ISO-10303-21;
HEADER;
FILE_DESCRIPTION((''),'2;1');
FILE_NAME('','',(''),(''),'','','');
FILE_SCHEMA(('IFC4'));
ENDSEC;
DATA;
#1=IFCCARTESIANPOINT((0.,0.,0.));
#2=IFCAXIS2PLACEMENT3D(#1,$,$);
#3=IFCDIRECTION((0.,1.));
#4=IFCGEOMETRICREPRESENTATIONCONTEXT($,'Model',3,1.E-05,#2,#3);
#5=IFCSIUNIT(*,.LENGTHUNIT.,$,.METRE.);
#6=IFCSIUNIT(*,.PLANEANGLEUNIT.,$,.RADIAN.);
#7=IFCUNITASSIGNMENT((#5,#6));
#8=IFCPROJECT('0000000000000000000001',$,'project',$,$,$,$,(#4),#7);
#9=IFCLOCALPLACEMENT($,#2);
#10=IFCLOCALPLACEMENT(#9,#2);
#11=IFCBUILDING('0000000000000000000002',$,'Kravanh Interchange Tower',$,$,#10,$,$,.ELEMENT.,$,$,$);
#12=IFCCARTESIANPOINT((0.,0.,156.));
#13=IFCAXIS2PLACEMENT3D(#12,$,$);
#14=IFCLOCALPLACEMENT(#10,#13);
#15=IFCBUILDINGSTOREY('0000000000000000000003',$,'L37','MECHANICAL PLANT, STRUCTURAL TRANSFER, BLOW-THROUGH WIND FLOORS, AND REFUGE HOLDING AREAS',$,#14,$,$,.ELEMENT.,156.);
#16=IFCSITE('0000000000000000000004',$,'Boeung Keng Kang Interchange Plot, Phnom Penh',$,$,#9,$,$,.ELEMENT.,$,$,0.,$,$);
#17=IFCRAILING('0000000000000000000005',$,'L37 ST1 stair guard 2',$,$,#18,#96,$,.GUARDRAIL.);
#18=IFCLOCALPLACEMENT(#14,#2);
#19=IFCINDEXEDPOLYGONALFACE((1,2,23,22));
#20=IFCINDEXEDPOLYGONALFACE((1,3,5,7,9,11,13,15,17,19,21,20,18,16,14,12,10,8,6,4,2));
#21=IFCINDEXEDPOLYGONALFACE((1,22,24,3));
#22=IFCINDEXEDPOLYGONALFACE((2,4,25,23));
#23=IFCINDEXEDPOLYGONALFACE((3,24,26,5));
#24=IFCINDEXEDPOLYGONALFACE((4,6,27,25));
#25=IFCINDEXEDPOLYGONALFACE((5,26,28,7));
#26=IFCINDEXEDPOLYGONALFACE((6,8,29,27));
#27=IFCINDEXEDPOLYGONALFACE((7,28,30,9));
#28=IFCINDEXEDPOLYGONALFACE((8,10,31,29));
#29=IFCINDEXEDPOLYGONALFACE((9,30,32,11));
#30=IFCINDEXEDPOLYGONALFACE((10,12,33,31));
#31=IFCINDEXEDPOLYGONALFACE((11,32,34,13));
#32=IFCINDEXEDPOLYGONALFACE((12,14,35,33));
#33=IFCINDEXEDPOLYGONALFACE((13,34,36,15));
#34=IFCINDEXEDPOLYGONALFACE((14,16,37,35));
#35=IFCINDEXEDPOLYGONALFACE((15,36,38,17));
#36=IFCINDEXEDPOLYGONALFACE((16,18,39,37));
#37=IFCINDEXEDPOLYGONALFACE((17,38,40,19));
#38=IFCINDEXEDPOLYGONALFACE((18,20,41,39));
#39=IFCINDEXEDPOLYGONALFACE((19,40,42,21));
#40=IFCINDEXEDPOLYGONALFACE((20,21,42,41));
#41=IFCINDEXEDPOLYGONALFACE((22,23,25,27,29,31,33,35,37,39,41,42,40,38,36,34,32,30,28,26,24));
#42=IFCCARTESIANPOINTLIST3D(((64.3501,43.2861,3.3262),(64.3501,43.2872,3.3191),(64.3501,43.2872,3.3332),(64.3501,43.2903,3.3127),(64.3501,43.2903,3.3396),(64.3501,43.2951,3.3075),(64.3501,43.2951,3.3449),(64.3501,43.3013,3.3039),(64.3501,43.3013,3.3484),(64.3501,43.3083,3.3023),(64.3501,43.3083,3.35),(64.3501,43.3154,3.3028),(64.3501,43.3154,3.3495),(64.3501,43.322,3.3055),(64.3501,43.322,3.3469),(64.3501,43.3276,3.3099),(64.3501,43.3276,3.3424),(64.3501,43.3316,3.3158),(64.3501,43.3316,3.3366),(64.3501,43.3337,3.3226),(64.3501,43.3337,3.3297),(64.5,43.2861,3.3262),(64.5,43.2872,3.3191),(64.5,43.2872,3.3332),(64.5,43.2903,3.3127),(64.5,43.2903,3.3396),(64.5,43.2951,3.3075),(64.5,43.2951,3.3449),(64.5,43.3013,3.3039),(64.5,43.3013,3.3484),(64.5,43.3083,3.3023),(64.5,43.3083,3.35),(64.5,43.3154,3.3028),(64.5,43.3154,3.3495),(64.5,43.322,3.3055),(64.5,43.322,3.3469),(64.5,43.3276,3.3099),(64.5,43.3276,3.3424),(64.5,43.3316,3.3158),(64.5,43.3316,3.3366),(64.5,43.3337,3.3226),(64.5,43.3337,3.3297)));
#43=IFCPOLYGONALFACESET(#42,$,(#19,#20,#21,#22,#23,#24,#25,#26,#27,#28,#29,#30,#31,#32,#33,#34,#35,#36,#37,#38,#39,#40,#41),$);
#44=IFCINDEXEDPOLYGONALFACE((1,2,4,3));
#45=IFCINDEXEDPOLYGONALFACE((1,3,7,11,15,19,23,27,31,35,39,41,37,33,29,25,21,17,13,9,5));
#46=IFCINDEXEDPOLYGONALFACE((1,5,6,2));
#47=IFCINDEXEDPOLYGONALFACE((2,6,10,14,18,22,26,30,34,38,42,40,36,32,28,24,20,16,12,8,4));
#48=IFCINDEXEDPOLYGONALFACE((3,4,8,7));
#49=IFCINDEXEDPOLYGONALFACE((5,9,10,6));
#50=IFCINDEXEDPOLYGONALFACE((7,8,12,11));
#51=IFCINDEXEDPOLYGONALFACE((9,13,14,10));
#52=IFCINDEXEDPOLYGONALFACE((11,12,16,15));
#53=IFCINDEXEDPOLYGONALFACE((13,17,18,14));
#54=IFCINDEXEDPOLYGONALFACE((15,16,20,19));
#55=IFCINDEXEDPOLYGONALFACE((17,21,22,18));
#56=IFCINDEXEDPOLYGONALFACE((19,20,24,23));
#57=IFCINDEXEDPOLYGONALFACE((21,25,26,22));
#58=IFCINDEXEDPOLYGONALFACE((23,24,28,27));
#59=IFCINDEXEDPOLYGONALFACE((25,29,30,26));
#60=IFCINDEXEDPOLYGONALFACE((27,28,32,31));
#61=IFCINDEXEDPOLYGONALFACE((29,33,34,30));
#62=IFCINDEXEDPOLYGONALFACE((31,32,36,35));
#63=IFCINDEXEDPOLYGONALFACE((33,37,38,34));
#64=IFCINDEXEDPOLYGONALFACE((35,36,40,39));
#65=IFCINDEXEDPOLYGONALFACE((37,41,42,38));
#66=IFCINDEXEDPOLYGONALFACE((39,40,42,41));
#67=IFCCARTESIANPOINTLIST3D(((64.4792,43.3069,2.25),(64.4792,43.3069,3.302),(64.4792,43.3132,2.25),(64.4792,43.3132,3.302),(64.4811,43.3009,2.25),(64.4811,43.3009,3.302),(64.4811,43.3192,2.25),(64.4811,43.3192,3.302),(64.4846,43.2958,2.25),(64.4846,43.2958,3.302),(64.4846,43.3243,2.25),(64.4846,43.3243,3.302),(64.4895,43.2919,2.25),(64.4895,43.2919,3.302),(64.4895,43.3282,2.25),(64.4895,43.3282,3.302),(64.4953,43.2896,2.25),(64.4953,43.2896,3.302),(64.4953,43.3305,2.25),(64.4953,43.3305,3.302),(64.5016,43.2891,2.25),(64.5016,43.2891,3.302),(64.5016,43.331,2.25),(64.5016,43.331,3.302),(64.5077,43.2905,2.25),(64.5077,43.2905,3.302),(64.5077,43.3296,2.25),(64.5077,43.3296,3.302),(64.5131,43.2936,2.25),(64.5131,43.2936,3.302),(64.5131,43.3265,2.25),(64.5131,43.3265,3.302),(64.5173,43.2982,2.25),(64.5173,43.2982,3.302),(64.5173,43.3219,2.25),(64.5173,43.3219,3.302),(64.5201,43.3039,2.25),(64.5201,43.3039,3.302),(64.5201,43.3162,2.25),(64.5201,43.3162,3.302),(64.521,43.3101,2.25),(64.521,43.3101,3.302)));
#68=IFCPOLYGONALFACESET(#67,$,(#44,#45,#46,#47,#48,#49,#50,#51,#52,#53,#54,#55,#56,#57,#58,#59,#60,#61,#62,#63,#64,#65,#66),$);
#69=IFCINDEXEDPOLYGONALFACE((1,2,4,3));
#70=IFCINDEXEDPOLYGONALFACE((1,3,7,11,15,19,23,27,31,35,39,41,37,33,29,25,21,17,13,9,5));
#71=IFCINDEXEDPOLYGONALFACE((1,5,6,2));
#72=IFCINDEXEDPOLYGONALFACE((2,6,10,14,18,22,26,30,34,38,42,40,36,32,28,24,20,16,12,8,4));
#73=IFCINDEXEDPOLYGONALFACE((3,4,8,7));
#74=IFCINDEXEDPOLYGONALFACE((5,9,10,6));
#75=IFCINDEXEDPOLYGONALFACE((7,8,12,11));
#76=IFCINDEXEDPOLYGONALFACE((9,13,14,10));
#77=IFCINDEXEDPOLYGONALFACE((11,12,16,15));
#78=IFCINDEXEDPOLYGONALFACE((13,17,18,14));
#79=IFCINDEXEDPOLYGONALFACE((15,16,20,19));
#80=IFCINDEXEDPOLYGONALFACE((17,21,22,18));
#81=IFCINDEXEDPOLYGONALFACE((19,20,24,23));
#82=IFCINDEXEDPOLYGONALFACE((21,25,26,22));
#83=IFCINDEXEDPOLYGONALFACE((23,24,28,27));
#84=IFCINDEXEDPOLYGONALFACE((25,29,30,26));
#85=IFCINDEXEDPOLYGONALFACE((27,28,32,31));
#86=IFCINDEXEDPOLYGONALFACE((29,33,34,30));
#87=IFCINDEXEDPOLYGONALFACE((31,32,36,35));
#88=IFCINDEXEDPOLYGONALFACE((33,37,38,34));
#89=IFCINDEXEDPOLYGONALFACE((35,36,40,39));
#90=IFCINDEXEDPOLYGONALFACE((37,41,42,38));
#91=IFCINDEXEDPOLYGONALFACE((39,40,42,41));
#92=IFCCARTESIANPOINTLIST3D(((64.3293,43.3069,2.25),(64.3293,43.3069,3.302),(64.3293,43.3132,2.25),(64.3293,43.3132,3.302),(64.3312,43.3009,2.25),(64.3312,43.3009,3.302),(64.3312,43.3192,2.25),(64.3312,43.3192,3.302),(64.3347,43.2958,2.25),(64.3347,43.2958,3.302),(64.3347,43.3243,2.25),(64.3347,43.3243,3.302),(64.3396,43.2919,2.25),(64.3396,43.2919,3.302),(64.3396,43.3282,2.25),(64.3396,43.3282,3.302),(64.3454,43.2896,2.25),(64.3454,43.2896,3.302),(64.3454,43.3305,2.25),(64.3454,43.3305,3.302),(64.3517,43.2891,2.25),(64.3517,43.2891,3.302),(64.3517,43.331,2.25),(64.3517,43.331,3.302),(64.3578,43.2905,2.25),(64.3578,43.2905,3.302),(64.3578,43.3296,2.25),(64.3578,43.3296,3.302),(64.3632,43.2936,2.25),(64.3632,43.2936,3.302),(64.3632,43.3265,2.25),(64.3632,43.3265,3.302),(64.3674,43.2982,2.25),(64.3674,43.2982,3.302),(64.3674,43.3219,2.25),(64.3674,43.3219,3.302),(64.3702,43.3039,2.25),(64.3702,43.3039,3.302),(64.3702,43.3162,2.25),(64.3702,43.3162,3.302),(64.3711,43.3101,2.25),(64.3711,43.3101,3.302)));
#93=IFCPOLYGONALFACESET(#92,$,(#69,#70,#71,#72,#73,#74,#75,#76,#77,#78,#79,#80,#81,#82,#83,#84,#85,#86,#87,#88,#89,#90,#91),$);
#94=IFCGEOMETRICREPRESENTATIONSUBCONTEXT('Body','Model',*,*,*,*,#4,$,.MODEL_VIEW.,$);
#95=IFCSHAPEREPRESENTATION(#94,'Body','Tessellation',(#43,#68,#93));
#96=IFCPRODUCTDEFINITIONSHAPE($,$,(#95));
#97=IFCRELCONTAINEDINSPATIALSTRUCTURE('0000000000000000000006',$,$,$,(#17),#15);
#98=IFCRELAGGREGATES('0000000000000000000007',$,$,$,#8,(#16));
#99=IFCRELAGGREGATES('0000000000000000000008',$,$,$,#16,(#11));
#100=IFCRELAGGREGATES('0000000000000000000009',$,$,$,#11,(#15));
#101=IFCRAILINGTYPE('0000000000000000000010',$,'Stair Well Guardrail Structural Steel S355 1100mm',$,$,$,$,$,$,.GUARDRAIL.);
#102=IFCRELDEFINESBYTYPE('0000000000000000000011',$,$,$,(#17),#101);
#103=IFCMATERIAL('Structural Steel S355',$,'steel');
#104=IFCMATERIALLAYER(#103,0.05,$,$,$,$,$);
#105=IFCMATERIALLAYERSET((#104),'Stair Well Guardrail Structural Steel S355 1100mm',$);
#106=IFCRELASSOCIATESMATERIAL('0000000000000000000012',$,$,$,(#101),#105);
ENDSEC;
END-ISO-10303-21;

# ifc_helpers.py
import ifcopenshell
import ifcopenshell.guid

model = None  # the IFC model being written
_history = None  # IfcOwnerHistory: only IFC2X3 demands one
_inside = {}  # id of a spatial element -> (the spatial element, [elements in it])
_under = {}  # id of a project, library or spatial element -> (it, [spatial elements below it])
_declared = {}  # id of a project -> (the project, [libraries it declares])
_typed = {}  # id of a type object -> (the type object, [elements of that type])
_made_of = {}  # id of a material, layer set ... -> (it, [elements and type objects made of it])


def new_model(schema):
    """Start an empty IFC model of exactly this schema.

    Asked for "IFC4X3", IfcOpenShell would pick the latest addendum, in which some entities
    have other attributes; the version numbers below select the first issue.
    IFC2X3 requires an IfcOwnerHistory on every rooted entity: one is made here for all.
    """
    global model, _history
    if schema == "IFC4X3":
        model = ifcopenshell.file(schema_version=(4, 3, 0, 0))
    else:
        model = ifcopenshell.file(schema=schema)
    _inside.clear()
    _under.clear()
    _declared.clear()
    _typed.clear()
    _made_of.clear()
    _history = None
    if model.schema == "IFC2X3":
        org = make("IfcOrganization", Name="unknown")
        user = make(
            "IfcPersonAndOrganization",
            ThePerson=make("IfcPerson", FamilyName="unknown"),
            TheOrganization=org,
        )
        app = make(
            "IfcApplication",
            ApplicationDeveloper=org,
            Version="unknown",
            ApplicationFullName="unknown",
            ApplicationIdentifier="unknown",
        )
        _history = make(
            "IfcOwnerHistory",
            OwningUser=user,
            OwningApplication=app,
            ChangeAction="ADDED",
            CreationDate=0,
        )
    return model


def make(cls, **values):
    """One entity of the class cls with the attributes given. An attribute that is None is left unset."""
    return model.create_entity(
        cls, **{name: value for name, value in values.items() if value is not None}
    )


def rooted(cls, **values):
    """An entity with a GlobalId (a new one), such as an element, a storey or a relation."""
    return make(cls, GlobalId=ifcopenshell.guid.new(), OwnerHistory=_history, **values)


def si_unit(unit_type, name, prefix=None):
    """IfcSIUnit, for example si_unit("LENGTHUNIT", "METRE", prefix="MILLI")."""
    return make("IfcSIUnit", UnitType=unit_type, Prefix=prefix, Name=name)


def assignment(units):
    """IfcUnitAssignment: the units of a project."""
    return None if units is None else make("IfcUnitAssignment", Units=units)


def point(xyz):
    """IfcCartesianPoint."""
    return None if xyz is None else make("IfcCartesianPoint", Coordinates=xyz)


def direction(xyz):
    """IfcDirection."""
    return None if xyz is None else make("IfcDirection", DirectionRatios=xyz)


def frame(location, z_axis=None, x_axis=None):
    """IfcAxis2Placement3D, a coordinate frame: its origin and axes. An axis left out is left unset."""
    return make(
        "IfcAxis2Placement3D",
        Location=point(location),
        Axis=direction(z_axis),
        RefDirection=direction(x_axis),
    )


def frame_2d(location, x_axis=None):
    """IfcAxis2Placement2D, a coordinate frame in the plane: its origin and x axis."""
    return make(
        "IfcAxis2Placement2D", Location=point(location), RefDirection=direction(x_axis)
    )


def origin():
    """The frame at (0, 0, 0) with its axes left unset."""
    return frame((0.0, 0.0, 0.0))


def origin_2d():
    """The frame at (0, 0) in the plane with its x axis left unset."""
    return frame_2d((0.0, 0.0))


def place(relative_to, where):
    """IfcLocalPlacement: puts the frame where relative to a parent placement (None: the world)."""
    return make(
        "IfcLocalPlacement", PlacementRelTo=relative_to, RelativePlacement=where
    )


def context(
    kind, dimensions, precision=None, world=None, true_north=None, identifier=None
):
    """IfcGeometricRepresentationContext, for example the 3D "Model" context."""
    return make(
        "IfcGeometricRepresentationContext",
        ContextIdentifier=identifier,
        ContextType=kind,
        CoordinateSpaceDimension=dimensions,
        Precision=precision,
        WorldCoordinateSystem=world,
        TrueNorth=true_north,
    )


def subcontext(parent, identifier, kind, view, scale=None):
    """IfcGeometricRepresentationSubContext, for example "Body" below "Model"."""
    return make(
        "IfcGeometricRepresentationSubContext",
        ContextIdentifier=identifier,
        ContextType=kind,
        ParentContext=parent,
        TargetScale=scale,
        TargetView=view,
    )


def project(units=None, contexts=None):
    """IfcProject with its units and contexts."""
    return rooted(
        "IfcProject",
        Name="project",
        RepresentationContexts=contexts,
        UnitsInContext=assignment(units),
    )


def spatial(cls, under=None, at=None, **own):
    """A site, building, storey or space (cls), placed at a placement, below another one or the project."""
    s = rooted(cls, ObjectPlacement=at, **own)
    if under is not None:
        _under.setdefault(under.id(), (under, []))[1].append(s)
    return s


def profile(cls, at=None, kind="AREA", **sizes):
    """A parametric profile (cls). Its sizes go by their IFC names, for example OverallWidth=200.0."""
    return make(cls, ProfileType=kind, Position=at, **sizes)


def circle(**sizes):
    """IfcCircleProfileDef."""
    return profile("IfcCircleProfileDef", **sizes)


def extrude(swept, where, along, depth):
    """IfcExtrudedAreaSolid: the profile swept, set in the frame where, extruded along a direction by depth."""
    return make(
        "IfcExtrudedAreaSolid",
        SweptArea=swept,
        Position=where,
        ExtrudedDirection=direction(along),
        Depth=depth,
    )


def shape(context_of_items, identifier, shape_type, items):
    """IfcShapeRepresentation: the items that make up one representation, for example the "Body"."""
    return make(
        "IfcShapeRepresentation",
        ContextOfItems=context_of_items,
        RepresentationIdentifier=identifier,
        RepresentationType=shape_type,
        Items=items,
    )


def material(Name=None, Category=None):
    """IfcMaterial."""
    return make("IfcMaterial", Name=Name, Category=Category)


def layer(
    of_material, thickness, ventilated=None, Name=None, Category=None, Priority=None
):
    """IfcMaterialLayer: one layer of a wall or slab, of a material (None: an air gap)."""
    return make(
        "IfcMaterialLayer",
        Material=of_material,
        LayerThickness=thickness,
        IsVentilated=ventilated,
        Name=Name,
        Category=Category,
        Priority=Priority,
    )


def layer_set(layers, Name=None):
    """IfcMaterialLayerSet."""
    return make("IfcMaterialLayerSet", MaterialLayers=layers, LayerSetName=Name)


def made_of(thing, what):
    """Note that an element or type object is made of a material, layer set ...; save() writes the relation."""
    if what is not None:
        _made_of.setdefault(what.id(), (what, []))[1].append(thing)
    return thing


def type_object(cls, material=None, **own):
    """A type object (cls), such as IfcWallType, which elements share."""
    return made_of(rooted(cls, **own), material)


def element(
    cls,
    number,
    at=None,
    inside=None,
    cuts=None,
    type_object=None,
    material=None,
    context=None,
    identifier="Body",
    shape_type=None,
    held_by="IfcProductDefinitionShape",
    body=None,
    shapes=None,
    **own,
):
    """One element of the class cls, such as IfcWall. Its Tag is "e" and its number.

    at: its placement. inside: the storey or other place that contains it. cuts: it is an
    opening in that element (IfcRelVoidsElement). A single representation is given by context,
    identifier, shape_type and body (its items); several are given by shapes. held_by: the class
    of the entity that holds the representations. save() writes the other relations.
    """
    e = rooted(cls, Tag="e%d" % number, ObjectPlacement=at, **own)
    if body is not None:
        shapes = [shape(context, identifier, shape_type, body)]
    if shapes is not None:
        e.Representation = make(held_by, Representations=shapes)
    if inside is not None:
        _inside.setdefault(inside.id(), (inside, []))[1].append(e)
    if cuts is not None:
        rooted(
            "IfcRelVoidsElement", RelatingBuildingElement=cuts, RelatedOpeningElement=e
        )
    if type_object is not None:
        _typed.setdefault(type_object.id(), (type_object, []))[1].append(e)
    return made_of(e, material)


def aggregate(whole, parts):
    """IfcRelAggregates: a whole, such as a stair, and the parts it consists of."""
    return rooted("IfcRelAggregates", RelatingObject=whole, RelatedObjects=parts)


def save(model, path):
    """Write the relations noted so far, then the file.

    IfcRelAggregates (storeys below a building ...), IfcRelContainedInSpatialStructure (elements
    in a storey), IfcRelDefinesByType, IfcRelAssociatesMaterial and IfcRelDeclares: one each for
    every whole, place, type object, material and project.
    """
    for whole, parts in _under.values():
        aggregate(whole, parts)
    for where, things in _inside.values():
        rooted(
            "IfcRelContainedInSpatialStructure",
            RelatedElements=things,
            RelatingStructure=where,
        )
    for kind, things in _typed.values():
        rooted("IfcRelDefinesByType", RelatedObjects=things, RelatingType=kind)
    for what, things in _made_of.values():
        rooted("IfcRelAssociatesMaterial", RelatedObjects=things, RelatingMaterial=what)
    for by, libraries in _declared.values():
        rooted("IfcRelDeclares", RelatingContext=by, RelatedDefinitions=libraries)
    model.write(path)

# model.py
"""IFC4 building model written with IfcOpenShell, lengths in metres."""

from ifc_helpers import new_model, si_unit, direction, frame, origin, origin_2d, place, context, subcontext, project, spatial, circle, extrude, material, layer, layer_set, type_object, element, save


model = new_model("IFC4")

# Units and contexts
model_context = context("Model", 3, precision=1e-05, world=origin(), true_north=direction((0.0, 1.0)))
body_context = subcontext(model_context, "Body", "Model", "MODEL_VIEW")
ifc_project = project(units=[si_unit("LENGTHUNIT", "METRE"), si_unit("PLANEANGLEUNIT", "RADIAN")], contexts=[model_context])

# Site, building, storey
site_placement = place(None, origin())
site = spatial("IfcSite", under=ifc_project, at=site_placement, Name="Boeung Keng Kang Interchange Plot, Phnom Penh", CompositionType="ELEMENT", RefElevation=0.0)
building_placement = place(site_placement, origin())
building = spatial("IfcBuilding", under=site, at=building_placement, Name="Kravanh Interchange Tower", CompositionType="ELEMENT")
storey_placement = place(building_placement, frame((0.0, 0.0, 156.0)))
storey = spatial("IfcBuildingStorey", under=building, at=storey_placement, Name="L37", Description="MECHANICAL PLANT, STRUCTURAL TRANSFER, BLOW-THROUGH WIND FLOORS, AND REFUGE HOLDING AREAS", CompositionType="ELEMENT", Elevation=156.0)

# Railing
ifc_material_1 = material(Name="Structural Steel S355", Category="steel")
ifc_layer_1 = layer(ifc_material_1, 0.05)
ifc_layer_set_1 = layer_set([ifc_layer_1], Name="Stair Well Guardrail Structural Steel S355 1100mm")
railing_type_1 = type_object("IfcRailingType", Name="Stair Well Guardrail Structural Steel S355 1100mm", PredefinedType="GUARDRAIL", material=ifc_layer_set_1)
railing_1_placement = place(storey_placement, frame((64.5, 43.3101, 2.25)))
element("IfcRailing", 1, at=railing_1_placement, inside=storey, type_object=railing_type_1, Name="L37 ST1 stair guard 2", PredefinedType="GUARDRAIL", context=body_context, shape_type="SweptSolid", body=[
    extrude(circle(Radius=0.0239, at=origin_2d()), frame((0.0, 0.0, 1.0762), z_axis=(-1.0, 0.0, 0.0), x_axis=(0.0, -1.0, 0.0)), (0.0, 0.0, 1.0), 0.1499),
    extrude(circle(Radius=0.021, at=origin_2d()), origin(), (0.0, 0.0, 1.0), 1.052),
    extrude(circle(Radius=0.021, at=origin_2d()), frame((-0.1499, 0.0, 0.0)), (0.0, 0.0, 1.0), 1.052),
])

save(model, "model.ifc")
